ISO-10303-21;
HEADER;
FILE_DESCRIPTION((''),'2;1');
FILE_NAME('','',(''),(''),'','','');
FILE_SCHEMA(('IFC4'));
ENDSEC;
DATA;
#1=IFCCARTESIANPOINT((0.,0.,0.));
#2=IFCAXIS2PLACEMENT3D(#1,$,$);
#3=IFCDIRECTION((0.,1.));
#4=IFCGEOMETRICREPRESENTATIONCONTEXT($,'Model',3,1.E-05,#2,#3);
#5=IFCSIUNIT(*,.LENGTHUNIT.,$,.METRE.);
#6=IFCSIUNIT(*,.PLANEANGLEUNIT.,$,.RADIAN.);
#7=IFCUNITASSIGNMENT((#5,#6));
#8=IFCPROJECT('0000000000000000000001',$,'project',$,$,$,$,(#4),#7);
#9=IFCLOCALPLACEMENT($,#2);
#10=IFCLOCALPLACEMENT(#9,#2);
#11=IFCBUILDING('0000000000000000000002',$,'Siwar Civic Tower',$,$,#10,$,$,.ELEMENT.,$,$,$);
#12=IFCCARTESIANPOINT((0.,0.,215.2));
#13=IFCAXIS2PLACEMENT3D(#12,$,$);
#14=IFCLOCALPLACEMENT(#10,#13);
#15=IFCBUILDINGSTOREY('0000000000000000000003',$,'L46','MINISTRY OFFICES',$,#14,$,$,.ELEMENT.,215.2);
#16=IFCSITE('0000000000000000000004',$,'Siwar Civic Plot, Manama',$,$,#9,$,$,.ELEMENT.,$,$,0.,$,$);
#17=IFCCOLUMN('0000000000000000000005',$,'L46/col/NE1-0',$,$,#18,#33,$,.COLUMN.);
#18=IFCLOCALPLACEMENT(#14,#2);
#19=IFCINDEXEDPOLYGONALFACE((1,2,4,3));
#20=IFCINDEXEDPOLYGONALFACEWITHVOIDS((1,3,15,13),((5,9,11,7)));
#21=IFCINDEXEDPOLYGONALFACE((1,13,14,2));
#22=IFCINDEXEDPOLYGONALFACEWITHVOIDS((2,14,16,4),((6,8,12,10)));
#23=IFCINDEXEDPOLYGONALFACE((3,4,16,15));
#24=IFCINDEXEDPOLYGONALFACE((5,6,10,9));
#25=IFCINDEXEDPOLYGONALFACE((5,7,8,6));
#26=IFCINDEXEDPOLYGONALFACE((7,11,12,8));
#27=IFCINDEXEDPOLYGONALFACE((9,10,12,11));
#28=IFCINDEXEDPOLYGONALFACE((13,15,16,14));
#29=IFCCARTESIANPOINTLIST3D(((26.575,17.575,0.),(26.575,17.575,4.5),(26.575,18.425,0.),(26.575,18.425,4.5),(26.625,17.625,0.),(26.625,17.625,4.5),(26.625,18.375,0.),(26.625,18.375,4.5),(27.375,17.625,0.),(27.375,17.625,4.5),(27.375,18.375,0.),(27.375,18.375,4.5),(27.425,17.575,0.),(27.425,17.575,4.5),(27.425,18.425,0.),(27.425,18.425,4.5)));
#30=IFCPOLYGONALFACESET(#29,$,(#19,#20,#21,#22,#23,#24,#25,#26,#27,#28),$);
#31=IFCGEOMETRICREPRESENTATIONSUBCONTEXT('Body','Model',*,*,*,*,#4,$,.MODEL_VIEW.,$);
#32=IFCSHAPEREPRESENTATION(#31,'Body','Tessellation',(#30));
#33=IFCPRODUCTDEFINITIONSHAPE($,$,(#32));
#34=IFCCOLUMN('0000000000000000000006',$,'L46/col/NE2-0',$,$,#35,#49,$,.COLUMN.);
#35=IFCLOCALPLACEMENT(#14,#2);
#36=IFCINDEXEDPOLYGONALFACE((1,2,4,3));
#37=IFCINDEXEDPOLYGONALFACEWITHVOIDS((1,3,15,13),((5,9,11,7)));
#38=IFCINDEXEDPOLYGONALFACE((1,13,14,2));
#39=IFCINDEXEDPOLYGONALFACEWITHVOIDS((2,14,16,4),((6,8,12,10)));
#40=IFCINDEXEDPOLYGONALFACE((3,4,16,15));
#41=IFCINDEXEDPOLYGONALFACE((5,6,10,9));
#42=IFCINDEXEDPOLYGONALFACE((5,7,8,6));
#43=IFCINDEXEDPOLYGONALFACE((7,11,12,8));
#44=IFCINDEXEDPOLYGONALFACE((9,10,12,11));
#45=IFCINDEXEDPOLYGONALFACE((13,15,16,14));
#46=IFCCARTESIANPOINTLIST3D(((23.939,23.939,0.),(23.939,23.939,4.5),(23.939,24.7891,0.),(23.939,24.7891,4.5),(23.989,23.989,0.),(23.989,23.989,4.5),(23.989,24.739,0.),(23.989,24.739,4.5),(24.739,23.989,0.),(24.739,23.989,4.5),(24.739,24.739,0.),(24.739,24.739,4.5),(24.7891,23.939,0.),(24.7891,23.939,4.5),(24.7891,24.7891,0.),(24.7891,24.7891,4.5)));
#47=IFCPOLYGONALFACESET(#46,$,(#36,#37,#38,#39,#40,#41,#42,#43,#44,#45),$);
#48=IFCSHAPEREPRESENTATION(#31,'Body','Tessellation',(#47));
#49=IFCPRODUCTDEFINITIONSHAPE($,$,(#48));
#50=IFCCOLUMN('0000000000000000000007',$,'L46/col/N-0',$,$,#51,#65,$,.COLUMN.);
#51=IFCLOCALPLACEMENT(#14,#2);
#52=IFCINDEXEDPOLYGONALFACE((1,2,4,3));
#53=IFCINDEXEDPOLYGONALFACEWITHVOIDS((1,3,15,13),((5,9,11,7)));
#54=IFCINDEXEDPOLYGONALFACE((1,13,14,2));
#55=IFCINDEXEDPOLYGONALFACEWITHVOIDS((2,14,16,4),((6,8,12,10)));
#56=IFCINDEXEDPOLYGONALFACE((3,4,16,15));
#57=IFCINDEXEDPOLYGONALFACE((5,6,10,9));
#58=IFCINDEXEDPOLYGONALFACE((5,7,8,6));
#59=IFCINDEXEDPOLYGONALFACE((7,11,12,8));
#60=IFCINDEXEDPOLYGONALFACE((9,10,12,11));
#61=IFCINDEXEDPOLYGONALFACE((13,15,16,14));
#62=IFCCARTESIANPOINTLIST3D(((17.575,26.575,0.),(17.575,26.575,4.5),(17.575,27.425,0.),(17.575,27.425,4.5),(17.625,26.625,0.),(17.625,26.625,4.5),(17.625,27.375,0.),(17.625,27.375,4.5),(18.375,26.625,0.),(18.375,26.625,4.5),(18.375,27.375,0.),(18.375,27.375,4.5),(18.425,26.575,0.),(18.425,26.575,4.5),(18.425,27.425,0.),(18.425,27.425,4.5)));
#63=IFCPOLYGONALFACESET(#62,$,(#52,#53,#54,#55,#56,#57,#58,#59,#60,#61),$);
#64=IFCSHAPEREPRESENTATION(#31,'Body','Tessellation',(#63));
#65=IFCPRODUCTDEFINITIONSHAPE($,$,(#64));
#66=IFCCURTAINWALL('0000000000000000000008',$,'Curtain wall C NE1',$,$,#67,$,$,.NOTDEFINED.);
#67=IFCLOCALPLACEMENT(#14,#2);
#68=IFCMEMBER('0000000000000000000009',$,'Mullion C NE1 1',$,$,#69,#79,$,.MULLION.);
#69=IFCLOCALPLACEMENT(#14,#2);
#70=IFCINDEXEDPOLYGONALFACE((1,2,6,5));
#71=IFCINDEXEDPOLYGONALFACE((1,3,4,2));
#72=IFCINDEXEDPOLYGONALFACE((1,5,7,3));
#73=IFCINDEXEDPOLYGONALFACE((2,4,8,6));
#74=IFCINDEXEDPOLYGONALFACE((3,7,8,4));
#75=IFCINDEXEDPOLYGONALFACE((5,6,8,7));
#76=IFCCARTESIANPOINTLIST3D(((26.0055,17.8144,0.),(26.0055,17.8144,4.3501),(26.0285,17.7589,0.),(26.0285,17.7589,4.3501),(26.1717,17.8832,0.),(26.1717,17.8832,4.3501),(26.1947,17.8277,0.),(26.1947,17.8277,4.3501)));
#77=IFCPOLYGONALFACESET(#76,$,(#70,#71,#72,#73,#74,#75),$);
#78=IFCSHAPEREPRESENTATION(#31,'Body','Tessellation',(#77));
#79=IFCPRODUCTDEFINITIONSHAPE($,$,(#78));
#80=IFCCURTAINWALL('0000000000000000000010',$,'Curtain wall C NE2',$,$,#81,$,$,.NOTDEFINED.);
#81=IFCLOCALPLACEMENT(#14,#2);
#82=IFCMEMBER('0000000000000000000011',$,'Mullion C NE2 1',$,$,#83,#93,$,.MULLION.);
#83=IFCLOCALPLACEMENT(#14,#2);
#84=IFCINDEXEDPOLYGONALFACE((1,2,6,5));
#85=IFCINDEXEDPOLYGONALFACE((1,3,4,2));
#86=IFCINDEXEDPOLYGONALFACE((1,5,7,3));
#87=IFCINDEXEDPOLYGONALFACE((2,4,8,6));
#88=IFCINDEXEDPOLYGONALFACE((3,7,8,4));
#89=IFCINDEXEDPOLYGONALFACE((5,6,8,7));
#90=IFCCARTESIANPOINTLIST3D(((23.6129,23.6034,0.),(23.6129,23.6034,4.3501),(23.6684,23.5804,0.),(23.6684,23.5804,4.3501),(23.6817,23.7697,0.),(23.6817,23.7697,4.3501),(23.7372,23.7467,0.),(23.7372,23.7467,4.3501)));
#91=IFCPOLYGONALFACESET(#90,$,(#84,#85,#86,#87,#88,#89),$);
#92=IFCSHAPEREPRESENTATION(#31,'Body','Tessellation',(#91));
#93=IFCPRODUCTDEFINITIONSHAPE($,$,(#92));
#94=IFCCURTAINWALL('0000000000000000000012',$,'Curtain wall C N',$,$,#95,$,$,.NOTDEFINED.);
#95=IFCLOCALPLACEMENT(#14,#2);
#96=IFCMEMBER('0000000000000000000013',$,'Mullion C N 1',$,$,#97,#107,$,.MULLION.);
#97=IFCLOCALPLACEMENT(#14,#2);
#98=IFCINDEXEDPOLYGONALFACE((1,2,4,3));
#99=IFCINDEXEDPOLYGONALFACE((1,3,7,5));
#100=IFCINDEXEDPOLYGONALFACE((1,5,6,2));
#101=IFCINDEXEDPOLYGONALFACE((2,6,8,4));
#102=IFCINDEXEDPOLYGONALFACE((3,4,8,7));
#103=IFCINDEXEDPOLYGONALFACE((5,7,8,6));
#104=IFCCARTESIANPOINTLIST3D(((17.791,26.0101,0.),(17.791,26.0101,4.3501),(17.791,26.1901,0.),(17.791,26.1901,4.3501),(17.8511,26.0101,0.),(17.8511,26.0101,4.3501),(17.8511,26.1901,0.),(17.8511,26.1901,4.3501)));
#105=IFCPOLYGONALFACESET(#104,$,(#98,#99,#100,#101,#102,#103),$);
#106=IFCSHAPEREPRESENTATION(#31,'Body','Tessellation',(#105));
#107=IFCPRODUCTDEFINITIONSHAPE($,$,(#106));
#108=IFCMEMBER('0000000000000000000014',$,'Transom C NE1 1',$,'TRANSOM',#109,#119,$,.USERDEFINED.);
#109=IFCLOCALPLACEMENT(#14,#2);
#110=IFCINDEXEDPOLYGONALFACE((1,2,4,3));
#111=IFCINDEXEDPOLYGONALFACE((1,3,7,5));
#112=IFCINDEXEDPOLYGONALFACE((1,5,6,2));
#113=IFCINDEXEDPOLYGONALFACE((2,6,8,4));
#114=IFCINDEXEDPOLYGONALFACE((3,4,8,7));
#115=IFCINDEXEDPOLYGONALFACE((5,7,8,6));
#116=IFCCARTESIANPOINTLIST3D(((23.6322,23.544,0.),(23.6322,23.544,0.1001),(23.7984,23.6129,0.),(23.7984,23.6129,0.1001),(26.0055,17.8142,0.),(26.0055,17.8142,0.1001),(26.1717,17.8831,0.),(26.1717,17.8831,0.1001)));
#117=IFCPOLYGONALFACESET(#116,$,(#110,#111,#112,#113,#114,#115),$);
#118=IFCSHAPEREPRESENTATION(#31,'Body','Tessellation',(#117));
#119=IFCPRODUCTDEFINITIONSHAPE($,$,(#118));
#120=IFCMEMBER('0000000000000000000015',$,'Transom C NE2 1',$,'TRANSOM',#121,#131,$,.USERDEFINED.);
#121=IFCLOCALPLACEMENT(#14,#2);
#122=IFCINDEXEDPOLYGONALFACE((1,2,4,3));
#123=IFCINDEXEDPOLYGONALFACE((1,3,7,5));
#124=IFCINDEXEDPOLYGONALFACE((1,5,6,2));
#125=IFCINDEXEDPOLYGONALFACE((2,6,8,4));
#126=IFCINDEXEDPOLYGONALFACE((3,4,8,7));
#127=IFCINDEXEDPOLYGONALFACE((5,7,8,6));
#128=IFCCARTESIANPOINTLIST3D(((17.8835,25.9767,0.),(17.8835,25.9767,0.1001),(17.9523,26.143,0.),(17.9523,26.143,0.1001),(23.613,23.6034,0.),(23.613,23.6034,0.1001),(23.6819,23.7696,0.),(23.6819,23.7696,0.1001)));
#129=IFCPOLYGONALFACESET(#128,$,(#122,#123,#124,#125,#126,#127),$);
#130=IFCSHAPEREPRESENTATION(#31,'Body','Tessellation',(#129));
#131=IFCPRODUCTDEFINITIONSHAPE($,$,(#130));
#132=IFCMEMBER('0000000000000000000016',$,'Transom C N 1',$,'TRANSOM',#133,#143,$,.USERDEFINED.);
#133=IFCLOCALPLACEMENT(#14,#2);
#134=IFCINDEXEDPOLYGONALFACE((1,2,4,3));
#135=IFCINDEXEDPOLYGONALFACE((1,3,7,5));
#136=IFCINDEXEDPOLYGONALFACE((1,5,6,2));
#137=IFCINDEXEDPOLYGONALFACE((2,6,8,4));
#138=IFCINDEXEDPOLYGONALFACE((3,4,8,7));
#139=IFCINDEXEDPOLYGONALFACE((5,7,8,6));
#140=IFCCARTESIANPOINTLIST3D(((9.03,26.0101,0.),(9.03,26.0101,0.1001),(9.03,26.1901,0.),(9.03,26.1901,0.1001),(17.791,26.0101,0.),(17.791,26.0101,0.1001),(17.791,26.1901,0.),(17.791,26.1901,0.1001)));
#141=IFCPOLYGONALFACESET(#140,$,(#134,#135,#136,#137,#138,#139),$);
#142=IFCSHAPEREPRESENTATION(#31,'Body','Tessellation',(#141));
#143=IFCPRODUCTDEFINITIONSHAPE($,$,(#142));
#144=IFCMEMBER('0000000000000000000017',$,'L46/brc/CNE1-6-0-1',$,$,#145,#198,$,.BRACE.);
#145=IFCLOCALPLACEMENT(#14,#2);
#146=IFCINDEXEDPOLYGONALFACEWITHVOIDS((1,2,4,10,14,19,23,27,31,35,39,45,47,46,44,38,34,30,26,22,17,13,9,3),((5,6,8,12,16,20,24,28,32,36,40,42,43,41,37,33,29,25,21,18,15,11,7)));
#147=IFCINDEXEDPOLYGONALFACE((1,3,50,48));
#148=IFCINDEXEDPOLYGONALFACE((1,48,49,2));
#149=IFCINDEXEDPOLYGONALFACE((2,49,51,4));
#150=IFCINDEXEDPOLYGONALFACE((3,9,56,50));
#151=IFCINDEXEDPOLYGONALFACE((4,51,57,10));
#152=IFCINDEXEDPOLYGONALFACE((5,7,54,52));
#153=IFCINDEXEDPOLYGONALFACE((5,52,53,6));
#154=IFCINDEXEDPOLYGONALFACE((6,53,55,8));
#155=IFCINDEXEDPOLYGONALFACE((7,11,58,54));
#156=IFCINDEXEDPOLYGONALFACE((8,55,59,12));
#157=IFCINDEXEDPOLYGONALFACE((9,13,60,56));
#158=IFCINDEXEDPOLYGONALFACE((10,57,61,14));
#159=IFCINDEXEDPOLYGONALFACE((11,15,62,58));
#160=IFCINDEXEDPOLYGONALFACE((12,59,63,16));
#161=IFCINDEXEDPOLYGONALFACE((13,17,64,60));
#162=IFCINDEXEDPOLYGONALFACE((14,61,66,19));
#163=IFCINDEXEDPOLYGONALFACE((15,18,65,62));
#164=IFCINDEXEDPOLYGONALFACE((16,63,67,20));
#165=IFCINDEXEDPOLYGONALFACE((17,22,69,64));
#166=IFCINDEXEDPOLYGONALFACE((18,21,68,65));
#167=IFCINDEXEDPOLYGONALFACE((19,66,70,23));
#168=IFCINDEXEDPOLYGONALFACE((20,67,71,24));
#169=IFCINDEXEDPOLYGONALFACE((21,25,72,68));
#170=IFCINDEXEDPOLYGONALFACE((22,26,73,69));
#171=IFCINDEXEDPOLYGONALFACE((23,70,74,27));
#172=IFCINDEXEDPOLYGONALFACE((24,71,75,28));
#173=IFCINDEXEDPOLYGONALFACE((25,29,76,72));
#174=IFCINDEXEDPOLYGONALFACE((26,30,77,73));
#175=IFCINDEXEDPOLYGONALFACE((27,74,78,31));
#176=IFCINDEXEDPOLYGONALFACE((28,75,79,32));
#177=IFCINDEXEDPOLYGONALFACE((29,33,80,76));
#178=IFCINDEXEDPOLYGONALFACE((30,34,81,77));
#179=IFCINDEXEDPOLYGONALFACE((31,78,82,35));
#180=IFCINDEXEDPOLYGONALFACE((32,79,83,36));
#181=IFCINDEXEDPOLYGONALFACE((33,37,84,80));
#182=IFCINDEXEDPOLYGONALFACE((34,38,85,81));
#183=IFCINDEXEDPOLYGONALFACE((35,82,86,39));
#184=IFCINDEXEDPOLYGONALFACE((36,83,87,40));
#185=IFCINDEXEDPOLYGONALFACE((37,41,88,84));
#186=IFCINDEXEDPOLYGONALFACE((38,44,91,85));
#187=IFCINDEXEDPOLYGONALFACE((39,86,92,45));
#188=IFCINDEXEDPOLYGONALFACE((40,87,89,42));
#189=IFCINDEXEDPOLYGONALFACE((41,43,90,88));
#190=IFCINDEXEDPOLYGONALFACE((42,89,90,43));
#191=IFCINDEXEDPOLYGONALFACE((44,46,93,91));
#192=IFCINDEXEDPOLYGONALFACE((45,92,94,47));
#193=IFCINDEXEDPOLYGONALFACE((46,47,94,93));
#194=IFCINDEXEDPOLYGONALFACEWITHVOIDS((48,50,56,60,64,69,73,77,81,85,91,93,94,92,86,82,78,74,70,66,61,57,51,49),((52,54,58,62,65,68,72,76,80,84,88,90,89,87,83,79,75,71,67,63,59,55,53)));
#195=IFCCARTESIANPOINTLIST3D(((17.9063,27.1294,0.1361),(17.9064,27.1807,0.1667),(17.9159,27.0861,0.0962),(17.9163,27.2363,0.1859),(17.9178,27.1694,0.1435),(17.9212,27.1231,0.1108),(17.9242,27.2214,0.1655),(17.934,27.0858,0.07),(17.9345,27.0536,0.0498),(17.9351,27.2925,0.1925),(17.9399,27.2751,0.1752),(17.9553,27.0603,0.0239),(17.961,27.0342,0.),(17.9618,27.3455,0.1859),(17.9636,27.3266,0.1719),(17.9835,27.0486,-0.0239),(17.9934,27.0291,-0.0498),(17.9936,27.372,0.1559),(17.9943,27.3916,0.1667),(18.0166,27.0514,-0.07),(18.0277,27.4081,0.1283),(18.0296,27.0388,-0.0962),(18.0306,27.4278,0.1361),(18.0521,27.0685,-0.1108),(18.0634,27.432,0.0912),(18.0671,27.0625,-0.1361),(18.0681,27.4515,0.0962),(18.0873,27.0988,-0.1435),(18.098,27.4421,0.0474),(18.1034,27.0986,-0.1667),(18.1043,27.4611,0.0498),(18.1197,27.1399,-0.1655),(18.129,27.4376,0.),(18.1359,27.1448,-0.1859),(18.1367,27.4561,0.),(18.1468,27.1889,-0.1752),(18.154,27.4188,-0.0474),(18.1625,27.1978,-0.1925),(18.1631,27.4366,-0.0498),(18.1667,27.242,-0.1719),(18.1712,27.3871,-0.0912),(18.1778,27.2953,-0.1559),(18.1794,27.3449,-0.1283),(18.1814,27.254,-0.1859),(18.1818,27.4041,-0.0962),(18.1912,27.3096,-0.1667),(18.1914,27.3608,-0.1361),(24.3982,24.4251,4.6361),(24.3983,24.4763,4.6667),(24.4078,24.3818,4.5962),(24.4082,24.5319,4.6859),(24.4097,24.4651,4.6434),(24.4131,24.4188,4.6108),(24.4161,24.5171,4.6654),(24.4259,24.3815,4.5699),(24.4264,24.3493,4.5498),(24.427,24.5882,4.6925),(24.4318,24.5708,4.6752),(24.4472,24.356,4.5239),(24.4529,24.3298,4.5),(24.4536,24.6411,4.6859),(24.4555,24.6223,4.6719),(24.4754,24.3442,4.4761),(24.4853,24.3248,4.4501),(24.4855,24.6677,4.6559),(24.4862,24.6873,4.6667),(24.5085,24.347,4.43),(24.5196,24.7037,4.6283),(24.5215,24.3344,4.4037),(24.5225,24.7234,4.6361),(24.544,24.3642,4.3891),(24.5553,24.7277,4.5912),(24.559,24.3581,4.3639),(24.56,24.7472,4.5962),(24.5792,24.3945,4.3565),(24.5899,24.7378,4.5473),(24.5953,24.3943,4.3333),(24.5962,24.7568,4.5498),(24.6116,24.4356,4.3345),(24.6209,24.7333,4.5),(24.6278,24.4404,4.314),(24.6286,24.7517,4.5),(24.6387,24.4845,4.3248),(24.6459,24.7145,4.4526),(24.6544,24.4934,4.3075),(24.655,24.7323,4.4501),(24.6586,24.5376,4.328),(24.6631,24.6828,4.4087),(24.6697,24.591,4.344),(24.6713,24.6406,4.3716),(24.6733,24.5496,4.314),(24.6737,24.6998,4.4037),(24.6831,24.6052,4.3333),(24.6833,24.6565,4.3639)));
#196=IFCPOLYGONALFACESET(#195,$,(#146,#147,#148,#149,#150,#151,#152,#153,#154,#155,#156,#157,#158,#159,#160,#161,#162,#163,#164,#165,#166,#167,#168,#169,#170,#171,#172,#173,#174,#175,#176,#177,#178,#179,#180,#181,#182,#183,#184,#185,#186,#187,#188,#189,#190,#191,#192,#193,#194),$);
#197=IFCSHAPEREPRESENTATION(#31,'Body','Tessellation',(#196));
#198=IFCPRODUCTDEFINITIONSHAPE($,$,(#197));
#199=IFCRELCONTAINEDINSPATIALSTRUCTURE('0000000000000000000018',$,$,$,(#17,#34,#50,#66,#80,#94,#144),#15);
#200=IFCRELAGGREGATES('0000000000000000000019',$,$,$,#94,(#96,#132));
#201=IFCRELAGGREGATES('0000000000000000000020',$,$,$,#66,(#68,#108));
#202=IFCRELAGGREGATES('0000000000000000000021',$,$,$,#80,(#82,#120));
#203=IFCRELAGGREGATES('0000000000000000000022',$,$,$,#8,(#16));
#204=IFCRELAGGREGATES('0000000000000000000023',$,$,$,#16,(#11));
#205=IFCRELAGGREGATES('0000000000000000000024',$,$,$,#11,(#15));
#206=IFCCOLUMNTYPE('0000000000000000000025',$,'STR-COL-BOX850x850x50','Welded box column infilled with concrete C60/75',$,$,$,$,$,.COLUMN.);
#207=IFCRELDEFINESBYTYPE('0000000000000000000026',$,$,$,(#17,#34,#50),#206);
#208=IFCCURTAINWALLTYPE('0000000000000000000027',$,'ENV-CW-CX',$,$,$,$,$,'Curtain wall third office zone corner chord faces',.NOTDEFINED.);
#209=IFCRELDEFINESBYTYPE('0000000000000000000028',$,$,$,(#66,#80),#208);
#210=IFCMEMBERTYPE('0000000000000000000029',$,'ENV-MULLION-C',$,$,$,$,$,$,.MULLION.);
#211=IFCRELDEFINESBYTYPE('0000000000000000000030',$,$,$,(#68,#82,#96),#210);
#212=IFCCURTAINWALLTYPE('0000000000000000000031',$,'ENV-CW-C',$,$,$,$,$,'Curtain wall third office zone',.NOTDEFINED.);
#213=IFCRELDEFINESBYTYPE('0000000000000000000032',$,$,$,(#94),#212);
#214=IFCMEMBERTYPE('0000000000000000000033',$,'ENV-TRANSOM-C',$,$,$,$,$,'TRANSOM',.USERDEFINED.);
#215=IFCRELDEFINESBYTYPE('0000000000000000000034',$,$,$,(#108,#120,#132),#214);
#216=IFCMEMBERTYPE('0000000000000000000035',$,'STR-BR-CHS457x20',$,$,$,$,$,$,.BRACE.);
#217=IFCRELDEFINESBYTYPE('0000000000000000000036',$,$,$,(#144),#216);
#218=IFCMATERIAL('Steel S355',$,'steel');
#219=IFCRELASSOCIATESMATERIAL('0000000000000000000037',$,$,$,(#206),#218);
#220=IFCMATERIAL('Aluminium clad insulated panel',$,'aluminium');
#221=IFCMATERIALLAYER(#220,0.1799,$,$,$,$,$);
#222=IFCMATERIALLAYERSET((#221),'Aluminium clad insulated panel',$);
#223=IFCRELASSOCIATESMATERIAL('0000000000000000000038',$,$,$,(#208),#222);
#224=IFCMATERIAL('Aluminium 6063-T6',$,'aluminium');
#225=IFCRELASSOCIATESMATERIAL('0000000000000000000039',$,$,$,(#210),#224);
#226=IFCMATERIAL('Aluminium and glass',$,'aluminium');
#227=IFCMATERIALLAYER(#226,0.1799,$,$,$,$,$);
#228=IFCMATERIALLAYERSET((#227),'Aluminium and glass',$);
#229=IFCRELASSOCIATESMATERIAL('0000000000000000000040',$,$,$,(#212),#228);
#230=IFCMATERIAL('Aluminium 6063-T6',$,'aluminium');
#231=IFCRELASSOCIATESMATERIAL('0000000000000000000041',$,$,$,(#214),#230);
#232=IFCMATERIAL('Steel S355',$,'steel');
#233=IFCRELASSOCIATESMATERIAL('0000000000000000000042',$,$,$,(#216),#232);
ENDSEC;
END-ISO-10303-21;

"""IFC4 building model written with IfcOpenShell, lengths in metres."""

from ifc_helpers import new_model, si_unit, direction, frame, origin, origin_2d, place, context, subcontext, project, spatial, rectangle, hollow_rectangle, hollow_circle, extrude, material, layer, layer_set, material_profile, profile_set, type_object, element, aggregate, save


model = new_model("IFC4")

# Units and contexts
model_context = context("Model", 3, precision=1e-05, world=origin(), true_north=direction((0.0, 1.0)))
body_context = subcontext(model_context, "Body", "Model", "MODEL_VIEW")
ifc_project = project(units=[si_unit("LENGTHUNIT", "METRE"), si_unit("PLANEANGLEUNIT", "RADIAN")], contexts=[model_context])

# Site, building, storey
site_placement = place(None, origin())
site = spatial("IfcSite", under=ifc_project, at=site_placement, Name="Siwar Civic Plot, Manama", CompositionType="ELEMENT", RefElevation=0.0)
building_placement = place(site_placement, origin())
building = spatial("IfcBuilding", under=site, at=building_placement, Name="Siwar Civic Tower", CompositionType="ELEMENT")
storey_placement = place(building_placement, frame((0.0, 0.0, 215.2)))
storey = spatial("IfcBuildingStorey", under=building, at=storey_placement, Name="L46", Description="MINISTRY OFFICES", CompositionType="ELEMENT", Elevation=215.2)

# Columns
ifc_material_1 = material(Name="Steel S355", Category="steel")
ifc_material_profile_1 = material_profile(ifc_material_1, hollow_rectangle(XDim=0.8501, YDim=0.8501, WallThickness=0.05, at=origin_2d()), Name="BOX850x850x50")
ifc_profile_set_1 = profile_set([ifc_material_profile_1], Name="Steel S355")
column_type = type_object("IfcColumnType", Name="STR-COL-BOX850x850x50", Description="Welded box column infilled with concrete C60/75", PredefinedType="COLUMN", material=ifc_profile_set_1)
for number, where, z_axis, x_axis, name in (
    (1, (27.0, 18.0, 0.0), (0.0, 0.0, 1.0), (1.0, 0.0, 0.0), "L46/col/NE1-0"),
    (2, (24.364, 24.364, 0.0), (0.0, 0.0, 1.0), (1.0, 0.0, 0.0), "L46/col/NE2-0"),
    (3, (18.0, 27.0, 0.0), (0.0, 0.0, 1.0), (1.0, 0.0, 0.0), "L46/col/N-0"),
):
    element("IfcColumn", number, at=place(storey_placement, frame(where, z_axis=z_axis, x_axis=x_axis)), inside=storey, type_object=column_type, Name=name, PredefinedType="COLUMN", context=body_context, shape_type="SweptSolid", body=[
        extrude(hollow_rectangle(XDim=0.8501, YDim=0.8501, WallThickness=0.05, at=origin_2d()), origin(), (0.0, 0.0, 1.0), 4.5),
    ])

# Curtain walls, members
ifc_material_2 = material(Name="Aluminium clad insulated panel", Category="aluminium")
ifc_layer_1 = layer(ifc_material_2, 0.1799)
ifc_layer_set_1 = layer_set([ifc_layer_1], Name="Aluminium clad insulated panel")
curtain_wall_type_1 = type_object("IfcCurtainWallType", Name="ENV-CW-CX", ElementType="Curtain wall third office zone corner chord faces", PredefinedType="NOTDEFINED", material=ifc_layer_set_1)
curtain_wall_1_placement = place(storey_placement, origin())
curtain_wall_1 = element("IfcCurtainWall", 4, at=curtain_wall_1_placement, inside=storey, type_object=curtain_wall_type_1, Name="Curtain wall C NE1", PredefinedType="NOTDEFINED")
ifc_material_3 = material(Name="Aluminium 6063-T6", Category="aluminium")
ifc_material_profile_2 = material_profile(ifc_material_3, rectangle(XDim=0.1799, YDim=0.0601, at=origin_2d()), Name="AL 180x60")
ifc_profile_set_2 = profile_set([ifc_material_profile_2], Name="Aluminium 6063-T6")
member_type_1 = type_object("IfcMemberType", Name="ENV-MULLION-C", PredefinedType="MULLION", material=ifc_profile_set_2)
member_1_placement = place(storey_placement, frame((26.1001, 17.821, 0.0), z_axis=(0.0, 0.0, 1.0), x_axis=(-0.92388, -0.382683, 0.0)))
member_1 = element("IfcMember", 5, at=member_1_placement, type_object=member_type_1, Name="Mullion C NE1 1", PredefinedType="MULLION", context=body_context, shape_type="SweptSolid", body=[
    extrude(rectangle(XDim=0.1799, YDim=0.0601, at=origin_2d()), origin(), (0.0, 0.0, 1.0), 4.3501),
])
curtain_wall_2_placement = place(storey_placement, origin())
curtain_wall_2 = element("IfcCurtainWall", 6, at=curtain_wall_2_placement, inside=storey, type_object=curtain_wall_type_1, Name="Curtain wall C NE2", PredefinedType="NOTDEFINED")
member_2_placement = place(storey_placement, frame((23.675, 23.675, 0.0), z_axis=(0.0, 0.0, 1.0), x_axis=(-0.382683, -0.92388, 0.0)))
member_2 = element("IfcMember", 7, at=member_2_placement, type_object=member_type_1, Name="Mullion C NE2 1", PredefinedType="MULLION", context=body_context, shape_type="SweptSolid", body=[
    extrude(rectangle(XDim=0.1799, YDim=0.0601, at=origin_2d()), origin(), (0.0, 0.0, 1.0), 4.3501),
])
ifc_material_4 = material(Name="Aluminium and glass", Category="aluminium")
ifc_layer_2 = layer(ifc_material_4, 0.1799)
ifc_layer_set_2 = layer_set([ifc_layer_2], Name="Aluminium and glass")
curtain_wall_type_2 = type_object("IfcCurtainWallType", Name="ENV-CW-C", ElementType="Curtain wall third office zone", PredefinedType="NOTDEFINED", material=ifc_layer_set_2)
curtain_wall_3_placement = place(storey_placement, origin())
curtain_wall_3 = element("IfcCurtainWall", 8, at=curtain_wall_3_placement, inside=storey, type_object=curtain_wall_type_2, Name="Curtain wall C N", PredefinedType="NOTDEFINED")
member_3_placement = place(storey_placement, frame((17.821, 26.1001, 0.0), z_axis=(0.0, 0.0, 1.0), x_axis=(0.0, -1.0, 0.0)))
member_3 = element("IfcMember", 9, at=member_3_placement, type_object=member_type_1, Name="Mullion C N 1", PredefinedType="MULLION", context=body_context, shape_type="SweptSolid", body=[
    extrude(rectangle(XDim=0.1799, YDim=0.0601, at=origin_2d()), origin(), (0.0, 0.0, 1.0), 4.3501),
])

# Members
ifc_material_5 = material(Name="Aluminium 6063-T6", Category="aluminium")
ifc_material_profile_3 = material_profile(ifc_material_5, rectangle(XDim=0.1799, YDim=0.1001, at=origin_2d()), Name="AL 180x100")
ifc_profile_set_3 = profile_set([ifc_material_profile_3], Name="Aluminium 6063-T6")
member_type_2 = type_object("IfcMemberType", Name="ENV-TRANSOM-C", ElementType="TRANSOM", PredefinedType="USERDEFINED", material=ifc_profile_set_3)
member_4_placement = place(storey_placement, frame((26.0886, 17.8486, 0.05), z_axis=(-0.382677, 0.923882, 0.0), x_axis=(-0.923882, -0.382677, 0.0)))
member_4 = element("IfcMember", 10, at=member_4_placement, type_object=member_type_2, Name="Transom C NE1 1", ObjectType="TRANSOM", PredefinedType="USERDEFINED", context=body_context, shape_type="SweptSolid", body=[
    extrude(rectangle(XDim=0.1799, YDim=0.1001, at=origin_2d()), origin(), (0.0, 0.0, 1.0), 6.2019),
])
member_5_placement = place(storey_placement, frame((23.6475, 23.6865, 0.05), z_axis=(-0.923876, 0.382691, 0.0), x_axis=(-0.382691, -0.923876, 0.0)))
member_5 = element("IfcMember", 11, at=member_5_placement, type_object=member_type_2, Name="Transom C NE2 1", ObjectType="TRANSOM", PredefinedType="USERDEFINED", context=body_context, shape_type="SweptSolid", body=[
    extrude(rectangle(XDim=0.1799, YDim=0.1001, at=origin_2d()), origin(), (0.0, 0.0, 1.0), 6.2017),
])
member_6_placement = place(storey_placement, frame((17.791, 26.1001, 0.05), z_axis=(-1.0, 0.0, 0.0), x_axis=(0.0, -1.0, 0.0)))
member_6 = element("IfcMember", 12, at=member_6_placement, type_object=member_type_2, Name="Transom C N 1", ObjectType="TRANSOM", PredefinedType="USERDEFINED", context=body_context, shape_type="SweptSolid", body=[
    extrude(rectangle(XDim=0.1799, YDim=0.1001, at=origin_2d()), origin(), (0.0, 0.0, 1.0), 8.761),
])
aggregate(curtain_wall_3, [member_3, member_6])

# Member
ifc_material_6 = material(Name="Steel S355", Category="steel")
ifc_material_profile_4 = material_profile(ifc_material_6, hollow_circle(Radius=0.2285, WallThickness=0.02, at=origin_2d()), Name="CHS457x20")
ifc_profile_set_4 = profile_set([ifc_material_profile_4], Name="Steel S355")
member_type_3 = type_object("IfcMemberType", Name="STR-BR-CHS457x20", PredefinedType="BRACE", material=ifc_profile_set_4)
member_7_placement = place(storey_placement, frame((18.0488, 27.2451, 0.0), z_axis=(0.777555, -0.323906, 0.538975), x_axis=(0.384539, 0.923109, 0.0)))
element("IfcMember", 13, at=member_7_placement, inside=storey, type_object=member_type_3, Name="L46/brc/CNE1-6-0-1", PredefinedType="BRACE", context=body_context, shape_type="SweptSolid", body=[
    extrude(hollow_circle(Radius=0.2285, WallThickness=0.02, at=origin_2d()), origin(), (0.0, 0.0, 1.0), 8.3491),
])

aggregate(curtain_wall_1, [member_1, member_4])
aggregate(curtain_wall_2, [member_2, member_5])

save(model, "model.ifc")
